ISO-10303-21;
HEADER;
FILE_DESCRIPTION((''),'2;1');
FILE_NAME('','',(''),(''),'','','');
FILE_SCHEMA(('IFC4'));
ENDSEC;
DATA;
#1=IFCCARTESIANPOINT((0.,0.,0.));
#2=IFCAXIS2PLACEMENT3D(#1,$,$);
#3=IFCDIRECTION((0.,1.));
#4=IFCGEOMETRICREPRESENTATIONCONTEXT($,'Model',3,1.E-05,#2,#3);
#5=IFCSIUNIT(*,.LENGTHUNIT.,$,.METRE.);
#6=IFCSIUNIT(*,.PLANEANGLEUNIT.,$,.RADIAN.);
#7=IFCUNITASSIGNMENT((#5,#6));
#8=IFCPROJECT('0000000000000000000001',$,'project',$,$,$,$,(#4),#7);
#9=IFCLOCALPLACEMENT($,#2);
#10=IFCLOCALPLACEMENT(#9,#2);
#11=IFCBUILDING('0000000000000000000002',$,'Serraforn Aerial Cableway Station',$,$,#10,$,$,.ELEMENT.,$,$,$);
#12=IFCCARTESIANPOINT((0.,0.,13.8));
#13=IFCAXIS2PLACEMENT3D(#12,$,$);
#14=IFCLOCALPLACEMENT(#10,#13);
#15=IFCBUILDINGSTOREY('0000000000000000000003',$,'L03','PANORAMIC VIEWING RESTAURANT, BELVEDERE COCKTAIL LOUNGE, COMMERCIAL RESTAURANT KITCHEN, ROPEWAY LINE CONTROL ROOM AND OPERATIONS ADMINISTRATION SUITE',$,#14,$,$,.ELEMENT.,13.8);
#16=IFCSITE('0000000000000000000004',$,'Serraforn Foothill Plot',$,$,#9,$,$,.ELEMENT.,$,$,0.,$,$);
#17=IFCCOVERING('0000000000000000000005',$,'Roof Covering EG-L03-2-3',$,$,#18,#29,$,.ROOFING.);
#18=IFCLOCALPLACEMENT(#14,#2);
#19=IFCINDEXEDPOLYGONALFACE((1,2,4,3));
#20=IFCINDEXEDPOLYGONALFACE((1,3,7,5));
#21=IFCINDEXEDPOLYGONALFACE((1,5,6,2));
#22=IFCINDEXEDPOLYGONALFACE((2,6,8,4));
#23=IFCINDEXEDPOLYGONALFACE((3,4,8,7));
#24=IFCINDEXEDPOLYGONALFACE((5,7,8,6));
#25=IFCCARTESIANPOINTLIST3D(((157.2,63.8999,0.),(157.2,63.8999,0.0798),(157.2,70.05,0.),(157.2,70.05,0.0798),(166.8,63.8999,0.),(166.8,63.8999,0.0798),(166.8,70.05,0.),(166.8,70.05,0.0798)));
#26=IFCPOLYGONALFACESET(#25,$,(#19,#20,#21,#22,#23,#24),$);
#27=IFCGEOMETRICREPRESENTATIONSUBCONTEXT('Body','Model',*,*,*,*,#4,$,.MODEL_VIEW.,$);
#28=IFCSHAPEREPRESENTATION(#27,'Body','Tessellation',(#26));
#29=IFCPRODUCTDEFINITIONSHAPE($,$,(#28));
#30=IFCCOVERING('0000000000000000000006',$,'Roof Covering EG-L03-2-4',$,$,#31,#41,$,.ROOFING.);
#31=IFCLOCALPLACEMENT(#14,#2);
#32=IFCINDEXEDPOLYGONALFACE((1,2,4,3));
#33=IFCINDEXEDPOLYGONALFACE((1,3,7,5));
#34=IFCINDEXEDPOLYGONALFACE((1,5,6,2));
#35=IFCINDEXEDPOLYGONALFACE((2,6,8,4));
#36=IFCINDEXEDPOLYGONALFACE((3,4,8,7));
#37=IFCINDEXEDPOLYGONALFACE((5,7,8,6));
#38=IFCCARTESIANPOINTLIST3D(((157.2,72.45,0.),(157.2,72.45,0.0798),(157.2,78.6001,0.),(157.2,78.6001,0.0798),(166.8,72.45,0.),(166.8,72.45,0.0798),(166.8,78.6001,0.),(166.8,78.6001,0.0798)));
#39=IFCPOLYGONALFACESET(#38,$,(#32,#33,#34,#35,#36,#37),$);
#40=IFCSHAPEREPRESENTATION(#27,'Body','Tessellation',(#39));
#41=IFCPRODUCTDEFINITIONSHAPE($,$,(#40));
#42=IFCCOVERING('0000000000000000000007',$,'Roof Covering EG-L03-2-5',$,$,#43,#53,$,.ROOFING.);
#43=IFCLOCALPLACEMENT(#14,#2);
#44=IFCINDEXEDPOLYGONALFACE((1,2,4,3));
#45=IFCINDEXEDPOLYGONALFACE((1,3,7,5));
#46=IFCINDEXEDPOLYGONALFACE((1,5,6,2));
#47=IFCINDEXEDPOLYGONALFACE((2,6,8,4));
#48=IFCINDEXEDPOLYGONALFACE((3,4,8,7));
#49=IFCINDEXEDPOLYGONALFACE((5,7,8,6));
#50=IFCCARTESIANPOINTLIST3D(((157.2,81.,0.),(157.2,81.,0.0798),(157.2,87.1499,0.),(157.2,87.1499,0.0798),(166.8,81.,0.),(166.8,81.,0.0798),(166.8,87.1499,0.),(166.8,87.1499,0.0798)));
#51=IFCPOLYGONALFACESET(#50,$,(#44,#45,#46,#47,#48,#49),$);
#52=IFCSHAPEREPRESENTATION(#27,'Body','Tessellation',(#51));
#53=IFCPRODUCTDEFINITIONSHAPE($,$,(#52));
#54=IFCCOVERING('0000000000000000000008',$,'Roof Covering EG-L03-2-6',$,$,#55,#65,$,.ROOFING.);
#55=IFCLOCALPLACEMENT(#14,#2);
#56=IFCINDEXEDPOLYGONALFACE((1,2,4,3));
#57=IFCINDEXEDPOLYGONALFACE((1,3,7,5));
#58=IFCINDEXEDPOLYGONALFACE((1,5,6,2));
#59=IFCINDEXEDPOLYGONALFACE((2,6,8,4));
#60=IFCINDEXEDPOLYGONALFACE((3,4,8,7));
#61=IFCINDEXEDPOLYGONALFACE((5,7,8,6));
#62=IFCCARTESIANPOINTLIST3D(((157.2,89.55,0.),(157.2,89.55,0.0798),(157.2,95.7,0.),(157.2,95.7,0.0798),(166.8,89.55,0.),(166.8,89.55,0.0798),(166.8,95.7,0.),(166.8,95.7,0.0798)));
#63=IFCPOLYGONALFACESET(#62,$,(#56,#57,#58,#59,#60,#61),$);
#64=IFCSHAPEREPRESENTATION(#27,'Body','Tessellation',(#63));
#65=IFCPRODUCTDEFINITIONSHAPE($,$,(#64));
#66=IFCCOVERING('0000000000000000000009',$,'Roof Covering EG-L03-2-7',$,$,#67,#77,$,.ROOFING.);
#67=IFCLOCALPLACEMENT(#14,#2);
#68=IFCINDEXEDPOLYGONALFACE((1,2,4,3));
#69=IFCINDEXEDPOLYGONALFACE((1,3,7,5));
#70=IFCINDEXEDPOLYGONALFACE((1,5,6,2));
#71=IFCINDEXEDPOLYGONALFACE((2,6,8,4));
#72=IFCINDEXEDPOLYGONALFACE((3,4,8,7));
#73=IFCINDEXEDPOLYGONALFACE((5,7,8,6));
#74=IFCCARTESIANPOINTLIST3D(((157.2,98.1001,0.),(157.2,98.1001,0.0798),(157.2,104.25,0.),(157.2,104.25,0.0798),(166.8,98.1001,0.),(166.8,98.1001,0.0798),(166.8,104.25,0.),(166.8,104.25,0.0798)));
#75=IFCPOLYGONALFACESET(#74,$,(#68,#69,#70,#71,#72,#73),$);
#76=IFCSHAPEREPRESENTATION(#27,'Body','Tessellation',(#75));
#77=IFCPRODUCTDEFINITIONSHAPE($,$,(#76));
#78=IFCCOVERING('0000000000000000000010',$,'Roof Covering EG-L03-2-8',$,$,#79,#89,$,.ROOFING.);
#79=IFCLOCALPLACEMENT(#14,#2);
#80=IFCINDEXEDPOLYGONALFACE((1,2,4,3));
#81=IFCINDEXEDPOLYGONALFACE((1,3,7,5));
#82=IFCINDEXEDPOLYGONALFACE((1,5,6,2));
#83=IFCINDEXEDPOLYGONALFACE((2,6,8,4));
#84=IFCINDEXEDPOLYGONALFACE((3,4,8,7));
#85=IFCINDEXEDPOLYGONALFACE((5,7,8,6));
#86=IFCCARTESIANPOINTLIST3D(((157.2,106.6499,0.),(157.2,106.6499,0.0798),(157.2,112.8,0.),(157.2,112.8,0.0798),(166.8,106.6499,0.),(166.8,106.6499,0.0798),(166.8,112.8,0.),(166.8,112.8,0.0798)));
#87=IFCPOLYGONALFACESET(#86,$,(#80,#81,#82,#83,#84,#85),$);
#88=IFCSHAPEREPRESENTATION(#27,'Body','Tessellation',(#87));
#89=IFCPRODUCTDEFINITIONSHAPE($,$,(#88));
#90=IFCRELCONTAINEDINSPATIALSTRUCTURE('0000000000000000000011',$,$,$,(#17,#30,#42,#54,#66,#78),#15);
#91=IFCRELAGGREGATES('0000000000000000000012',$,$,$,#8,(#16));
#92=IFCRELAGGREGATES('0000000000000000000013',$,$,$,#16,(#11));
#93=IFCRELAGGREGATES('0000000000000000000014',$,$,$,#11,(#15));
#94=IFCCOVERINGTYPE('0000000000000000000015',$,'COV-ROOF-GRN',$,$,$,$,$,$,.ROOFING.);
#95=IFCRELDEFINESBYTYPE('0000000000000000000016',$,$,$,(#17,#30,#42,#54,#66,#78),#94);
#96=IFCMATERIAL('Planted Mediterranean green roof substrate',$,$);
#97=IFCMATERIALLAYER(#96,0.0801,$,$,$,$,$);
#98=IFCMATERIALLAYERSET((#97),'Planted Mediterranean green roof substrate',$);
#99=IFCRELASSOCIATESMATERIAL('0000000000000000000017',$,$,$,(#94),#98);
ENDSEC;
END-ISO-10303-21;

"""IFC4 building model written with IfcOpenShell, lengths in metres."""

from ifc_helpers import new_model, si_unit, direction, frame, origin, place, context, subcontext, project, spatial, polyline, outline, extrude, material, layer, layer_set, type_object, element, save


model = new_model("IFC4")

# Units and contexts
model_context = context("Model", 3, precision=1e-05, world=origin(), true_north=direction((0.0, 1.0)))
body_context = subcontext(model_context, "Body", "Model", "MODEL_VIEW")
ifc_project = project(units=[si_unit("LENGTHUNIT", "METRE"), si_unit("PLANEANGLEUNIT", "RADIAN")], contexts=[model_context])

# Site, building, storey
site_placement = place(None, origin())
site = spatial("IfcSite", under=ifc_project, at=site_placement, Name="Serraforn Foothill Plot", CompositionType="ELEMENT", RefElevation=0.0)
building_placement = place(site_placement, origin())
building = spatial("IfcBuilding", under=site, at=building_placement, Name="Serraforn Aerial Cableway Station", CompositionType="ELEMENT")
storey_placement = place(building_placement, frame((0.0, 0.0, 13.8)))
storey = spatial("IfcBuildingStorey", under=building, at=storey_placement, Name="L03", Description="PANORAMIC VIEWING RESTAURANT, BELVEDERE COCKTAIL LOUNGE, COMMERCIAL RESTAURANT KITCHEN, ROPEWAY LINE CONTROL ROOM AND OPERATIONS ADMINISTRATION SUITE", CompositionType="ELEMENT", Elevation=13.8)

# Coverings
ifc_material_1 = material(Name="Planted Mediterranean green roof substrate")
ifc_layer_1 = layer(ifc_material_1, 0.0801)
ifc_layer_set_1 = layer_set([ifc_layer_1], Name="Planted Mediterranean green roof substrate")
covering_type_1 = type_object("IfcCoveringType", Name="COV-ROOF-GRN", PredefinedType="ROOFING", material=ifc_layer_set_1)
covering_1_placement = place(storey_placement, origin())
element("IfcCovering", 1, at=covering_1_placement, inside=storey, type_object=covering_type_1, Name="Roof Covering EG-L03-2-3", PredefinedType="ROOFING", context=body_context, shape_type="SweptSolid", body=[
    extrude(outline(polyline([(157.2, 63.8999), (166.8, 63.8999), (166.8, 70.05), (157.2, 70.05), (157.2, 63.8999)])), origin(), (0.0, 0.0, 1.0), 0.0798),
])
covering_2_placement = place(storey_placement, origin())
element("IfcCovering", 2, at=covering_2_placement, inside=storey, type_object=covering_type_1, Name="Roof Covering EG-L03-2-4", PredefinedType="ROOFING", context=body_context, shape_type="SweptSolid", body=[
    extrude(outline(polyline([(157.2, 72.45), (166.8, 72.45), (166.8, 78.6001), (157.2, 78.6001), (157.2, 72.45)])), origin(), (0.0, 0.0, 1.0), 0.0798),
])
covering_3_placement = place(storey_placement, origin())
element("IfcCovering", 3, at=covering_3_placement, inside=storey, type_object=covering_type_1, Name="Roof Covering EG-L03-2-5", PredefinedType="ROOFING", context=body_context, shape_type="SweptSolid", body=[
    extrude(outline(polyline([(157.2, 81.0), (166.8, 81.0), (166.8, 87.1499), (157.2, 87.1499), (157.2, 81.0)])), origin(), (0.0, 0.0, 1.0), 0.0798),
])
covering_4_placement = place(storey_placement, origin())
element("IfcCovering", 4, at=covering_4_placement, inside=storey, type_object=covering_type_1, Name="Roof Covering EG-L03-2-6", PredefinedType="ROOFING", context=body_context, shape_type="SweptSolid", body=[
    extrude(outline(polyline([(157.2, 89.55), (166.8, 89.55), (166.8, 95.7), (157.2, 95.7), (157.2, 89.55)])), origin(), (0.0, 0.0, 1.0), 0.0798),
])
covering_5_placement = place(storey_placement, origin())
element("IfcCovering", 5, at=covering_5_placement, inside=storey, type_object=covering_type_1, Name="Roof Covering EG-L03-2-7", PredefinedType="ROOFING", context=body_context, shape_type="SweptSolid", body=[
    extrude(outline(polyline([(157.2, 98.1001), (166.8, 98.1001), (166.8, 104.25), (157.2, 104.25), (157.2, 98.1001)])), origin(), (0.0, 0.0, 1.0), 0.0798),
])
covering_6_placement = place(storey_placement, origin())
element("IfcCovering", 6, at=covering_6_placement, inside=storey, type_object=covering_type_1, Name="Roof Covering EG-L03-2-8", PredefinedType="ROOFING", context=body_context, shape_type="SweptSolid", body=[
    extrude(outline(polyline([(157.2, 106.6499), (166.8, 106.6499), (166.8, 112.8), (157.2, 112.8), (157.2, 106.6499)])), origin(), (0.0, 0.0, 1.0), 0.0798),
])

save(model, "model.ifc")
